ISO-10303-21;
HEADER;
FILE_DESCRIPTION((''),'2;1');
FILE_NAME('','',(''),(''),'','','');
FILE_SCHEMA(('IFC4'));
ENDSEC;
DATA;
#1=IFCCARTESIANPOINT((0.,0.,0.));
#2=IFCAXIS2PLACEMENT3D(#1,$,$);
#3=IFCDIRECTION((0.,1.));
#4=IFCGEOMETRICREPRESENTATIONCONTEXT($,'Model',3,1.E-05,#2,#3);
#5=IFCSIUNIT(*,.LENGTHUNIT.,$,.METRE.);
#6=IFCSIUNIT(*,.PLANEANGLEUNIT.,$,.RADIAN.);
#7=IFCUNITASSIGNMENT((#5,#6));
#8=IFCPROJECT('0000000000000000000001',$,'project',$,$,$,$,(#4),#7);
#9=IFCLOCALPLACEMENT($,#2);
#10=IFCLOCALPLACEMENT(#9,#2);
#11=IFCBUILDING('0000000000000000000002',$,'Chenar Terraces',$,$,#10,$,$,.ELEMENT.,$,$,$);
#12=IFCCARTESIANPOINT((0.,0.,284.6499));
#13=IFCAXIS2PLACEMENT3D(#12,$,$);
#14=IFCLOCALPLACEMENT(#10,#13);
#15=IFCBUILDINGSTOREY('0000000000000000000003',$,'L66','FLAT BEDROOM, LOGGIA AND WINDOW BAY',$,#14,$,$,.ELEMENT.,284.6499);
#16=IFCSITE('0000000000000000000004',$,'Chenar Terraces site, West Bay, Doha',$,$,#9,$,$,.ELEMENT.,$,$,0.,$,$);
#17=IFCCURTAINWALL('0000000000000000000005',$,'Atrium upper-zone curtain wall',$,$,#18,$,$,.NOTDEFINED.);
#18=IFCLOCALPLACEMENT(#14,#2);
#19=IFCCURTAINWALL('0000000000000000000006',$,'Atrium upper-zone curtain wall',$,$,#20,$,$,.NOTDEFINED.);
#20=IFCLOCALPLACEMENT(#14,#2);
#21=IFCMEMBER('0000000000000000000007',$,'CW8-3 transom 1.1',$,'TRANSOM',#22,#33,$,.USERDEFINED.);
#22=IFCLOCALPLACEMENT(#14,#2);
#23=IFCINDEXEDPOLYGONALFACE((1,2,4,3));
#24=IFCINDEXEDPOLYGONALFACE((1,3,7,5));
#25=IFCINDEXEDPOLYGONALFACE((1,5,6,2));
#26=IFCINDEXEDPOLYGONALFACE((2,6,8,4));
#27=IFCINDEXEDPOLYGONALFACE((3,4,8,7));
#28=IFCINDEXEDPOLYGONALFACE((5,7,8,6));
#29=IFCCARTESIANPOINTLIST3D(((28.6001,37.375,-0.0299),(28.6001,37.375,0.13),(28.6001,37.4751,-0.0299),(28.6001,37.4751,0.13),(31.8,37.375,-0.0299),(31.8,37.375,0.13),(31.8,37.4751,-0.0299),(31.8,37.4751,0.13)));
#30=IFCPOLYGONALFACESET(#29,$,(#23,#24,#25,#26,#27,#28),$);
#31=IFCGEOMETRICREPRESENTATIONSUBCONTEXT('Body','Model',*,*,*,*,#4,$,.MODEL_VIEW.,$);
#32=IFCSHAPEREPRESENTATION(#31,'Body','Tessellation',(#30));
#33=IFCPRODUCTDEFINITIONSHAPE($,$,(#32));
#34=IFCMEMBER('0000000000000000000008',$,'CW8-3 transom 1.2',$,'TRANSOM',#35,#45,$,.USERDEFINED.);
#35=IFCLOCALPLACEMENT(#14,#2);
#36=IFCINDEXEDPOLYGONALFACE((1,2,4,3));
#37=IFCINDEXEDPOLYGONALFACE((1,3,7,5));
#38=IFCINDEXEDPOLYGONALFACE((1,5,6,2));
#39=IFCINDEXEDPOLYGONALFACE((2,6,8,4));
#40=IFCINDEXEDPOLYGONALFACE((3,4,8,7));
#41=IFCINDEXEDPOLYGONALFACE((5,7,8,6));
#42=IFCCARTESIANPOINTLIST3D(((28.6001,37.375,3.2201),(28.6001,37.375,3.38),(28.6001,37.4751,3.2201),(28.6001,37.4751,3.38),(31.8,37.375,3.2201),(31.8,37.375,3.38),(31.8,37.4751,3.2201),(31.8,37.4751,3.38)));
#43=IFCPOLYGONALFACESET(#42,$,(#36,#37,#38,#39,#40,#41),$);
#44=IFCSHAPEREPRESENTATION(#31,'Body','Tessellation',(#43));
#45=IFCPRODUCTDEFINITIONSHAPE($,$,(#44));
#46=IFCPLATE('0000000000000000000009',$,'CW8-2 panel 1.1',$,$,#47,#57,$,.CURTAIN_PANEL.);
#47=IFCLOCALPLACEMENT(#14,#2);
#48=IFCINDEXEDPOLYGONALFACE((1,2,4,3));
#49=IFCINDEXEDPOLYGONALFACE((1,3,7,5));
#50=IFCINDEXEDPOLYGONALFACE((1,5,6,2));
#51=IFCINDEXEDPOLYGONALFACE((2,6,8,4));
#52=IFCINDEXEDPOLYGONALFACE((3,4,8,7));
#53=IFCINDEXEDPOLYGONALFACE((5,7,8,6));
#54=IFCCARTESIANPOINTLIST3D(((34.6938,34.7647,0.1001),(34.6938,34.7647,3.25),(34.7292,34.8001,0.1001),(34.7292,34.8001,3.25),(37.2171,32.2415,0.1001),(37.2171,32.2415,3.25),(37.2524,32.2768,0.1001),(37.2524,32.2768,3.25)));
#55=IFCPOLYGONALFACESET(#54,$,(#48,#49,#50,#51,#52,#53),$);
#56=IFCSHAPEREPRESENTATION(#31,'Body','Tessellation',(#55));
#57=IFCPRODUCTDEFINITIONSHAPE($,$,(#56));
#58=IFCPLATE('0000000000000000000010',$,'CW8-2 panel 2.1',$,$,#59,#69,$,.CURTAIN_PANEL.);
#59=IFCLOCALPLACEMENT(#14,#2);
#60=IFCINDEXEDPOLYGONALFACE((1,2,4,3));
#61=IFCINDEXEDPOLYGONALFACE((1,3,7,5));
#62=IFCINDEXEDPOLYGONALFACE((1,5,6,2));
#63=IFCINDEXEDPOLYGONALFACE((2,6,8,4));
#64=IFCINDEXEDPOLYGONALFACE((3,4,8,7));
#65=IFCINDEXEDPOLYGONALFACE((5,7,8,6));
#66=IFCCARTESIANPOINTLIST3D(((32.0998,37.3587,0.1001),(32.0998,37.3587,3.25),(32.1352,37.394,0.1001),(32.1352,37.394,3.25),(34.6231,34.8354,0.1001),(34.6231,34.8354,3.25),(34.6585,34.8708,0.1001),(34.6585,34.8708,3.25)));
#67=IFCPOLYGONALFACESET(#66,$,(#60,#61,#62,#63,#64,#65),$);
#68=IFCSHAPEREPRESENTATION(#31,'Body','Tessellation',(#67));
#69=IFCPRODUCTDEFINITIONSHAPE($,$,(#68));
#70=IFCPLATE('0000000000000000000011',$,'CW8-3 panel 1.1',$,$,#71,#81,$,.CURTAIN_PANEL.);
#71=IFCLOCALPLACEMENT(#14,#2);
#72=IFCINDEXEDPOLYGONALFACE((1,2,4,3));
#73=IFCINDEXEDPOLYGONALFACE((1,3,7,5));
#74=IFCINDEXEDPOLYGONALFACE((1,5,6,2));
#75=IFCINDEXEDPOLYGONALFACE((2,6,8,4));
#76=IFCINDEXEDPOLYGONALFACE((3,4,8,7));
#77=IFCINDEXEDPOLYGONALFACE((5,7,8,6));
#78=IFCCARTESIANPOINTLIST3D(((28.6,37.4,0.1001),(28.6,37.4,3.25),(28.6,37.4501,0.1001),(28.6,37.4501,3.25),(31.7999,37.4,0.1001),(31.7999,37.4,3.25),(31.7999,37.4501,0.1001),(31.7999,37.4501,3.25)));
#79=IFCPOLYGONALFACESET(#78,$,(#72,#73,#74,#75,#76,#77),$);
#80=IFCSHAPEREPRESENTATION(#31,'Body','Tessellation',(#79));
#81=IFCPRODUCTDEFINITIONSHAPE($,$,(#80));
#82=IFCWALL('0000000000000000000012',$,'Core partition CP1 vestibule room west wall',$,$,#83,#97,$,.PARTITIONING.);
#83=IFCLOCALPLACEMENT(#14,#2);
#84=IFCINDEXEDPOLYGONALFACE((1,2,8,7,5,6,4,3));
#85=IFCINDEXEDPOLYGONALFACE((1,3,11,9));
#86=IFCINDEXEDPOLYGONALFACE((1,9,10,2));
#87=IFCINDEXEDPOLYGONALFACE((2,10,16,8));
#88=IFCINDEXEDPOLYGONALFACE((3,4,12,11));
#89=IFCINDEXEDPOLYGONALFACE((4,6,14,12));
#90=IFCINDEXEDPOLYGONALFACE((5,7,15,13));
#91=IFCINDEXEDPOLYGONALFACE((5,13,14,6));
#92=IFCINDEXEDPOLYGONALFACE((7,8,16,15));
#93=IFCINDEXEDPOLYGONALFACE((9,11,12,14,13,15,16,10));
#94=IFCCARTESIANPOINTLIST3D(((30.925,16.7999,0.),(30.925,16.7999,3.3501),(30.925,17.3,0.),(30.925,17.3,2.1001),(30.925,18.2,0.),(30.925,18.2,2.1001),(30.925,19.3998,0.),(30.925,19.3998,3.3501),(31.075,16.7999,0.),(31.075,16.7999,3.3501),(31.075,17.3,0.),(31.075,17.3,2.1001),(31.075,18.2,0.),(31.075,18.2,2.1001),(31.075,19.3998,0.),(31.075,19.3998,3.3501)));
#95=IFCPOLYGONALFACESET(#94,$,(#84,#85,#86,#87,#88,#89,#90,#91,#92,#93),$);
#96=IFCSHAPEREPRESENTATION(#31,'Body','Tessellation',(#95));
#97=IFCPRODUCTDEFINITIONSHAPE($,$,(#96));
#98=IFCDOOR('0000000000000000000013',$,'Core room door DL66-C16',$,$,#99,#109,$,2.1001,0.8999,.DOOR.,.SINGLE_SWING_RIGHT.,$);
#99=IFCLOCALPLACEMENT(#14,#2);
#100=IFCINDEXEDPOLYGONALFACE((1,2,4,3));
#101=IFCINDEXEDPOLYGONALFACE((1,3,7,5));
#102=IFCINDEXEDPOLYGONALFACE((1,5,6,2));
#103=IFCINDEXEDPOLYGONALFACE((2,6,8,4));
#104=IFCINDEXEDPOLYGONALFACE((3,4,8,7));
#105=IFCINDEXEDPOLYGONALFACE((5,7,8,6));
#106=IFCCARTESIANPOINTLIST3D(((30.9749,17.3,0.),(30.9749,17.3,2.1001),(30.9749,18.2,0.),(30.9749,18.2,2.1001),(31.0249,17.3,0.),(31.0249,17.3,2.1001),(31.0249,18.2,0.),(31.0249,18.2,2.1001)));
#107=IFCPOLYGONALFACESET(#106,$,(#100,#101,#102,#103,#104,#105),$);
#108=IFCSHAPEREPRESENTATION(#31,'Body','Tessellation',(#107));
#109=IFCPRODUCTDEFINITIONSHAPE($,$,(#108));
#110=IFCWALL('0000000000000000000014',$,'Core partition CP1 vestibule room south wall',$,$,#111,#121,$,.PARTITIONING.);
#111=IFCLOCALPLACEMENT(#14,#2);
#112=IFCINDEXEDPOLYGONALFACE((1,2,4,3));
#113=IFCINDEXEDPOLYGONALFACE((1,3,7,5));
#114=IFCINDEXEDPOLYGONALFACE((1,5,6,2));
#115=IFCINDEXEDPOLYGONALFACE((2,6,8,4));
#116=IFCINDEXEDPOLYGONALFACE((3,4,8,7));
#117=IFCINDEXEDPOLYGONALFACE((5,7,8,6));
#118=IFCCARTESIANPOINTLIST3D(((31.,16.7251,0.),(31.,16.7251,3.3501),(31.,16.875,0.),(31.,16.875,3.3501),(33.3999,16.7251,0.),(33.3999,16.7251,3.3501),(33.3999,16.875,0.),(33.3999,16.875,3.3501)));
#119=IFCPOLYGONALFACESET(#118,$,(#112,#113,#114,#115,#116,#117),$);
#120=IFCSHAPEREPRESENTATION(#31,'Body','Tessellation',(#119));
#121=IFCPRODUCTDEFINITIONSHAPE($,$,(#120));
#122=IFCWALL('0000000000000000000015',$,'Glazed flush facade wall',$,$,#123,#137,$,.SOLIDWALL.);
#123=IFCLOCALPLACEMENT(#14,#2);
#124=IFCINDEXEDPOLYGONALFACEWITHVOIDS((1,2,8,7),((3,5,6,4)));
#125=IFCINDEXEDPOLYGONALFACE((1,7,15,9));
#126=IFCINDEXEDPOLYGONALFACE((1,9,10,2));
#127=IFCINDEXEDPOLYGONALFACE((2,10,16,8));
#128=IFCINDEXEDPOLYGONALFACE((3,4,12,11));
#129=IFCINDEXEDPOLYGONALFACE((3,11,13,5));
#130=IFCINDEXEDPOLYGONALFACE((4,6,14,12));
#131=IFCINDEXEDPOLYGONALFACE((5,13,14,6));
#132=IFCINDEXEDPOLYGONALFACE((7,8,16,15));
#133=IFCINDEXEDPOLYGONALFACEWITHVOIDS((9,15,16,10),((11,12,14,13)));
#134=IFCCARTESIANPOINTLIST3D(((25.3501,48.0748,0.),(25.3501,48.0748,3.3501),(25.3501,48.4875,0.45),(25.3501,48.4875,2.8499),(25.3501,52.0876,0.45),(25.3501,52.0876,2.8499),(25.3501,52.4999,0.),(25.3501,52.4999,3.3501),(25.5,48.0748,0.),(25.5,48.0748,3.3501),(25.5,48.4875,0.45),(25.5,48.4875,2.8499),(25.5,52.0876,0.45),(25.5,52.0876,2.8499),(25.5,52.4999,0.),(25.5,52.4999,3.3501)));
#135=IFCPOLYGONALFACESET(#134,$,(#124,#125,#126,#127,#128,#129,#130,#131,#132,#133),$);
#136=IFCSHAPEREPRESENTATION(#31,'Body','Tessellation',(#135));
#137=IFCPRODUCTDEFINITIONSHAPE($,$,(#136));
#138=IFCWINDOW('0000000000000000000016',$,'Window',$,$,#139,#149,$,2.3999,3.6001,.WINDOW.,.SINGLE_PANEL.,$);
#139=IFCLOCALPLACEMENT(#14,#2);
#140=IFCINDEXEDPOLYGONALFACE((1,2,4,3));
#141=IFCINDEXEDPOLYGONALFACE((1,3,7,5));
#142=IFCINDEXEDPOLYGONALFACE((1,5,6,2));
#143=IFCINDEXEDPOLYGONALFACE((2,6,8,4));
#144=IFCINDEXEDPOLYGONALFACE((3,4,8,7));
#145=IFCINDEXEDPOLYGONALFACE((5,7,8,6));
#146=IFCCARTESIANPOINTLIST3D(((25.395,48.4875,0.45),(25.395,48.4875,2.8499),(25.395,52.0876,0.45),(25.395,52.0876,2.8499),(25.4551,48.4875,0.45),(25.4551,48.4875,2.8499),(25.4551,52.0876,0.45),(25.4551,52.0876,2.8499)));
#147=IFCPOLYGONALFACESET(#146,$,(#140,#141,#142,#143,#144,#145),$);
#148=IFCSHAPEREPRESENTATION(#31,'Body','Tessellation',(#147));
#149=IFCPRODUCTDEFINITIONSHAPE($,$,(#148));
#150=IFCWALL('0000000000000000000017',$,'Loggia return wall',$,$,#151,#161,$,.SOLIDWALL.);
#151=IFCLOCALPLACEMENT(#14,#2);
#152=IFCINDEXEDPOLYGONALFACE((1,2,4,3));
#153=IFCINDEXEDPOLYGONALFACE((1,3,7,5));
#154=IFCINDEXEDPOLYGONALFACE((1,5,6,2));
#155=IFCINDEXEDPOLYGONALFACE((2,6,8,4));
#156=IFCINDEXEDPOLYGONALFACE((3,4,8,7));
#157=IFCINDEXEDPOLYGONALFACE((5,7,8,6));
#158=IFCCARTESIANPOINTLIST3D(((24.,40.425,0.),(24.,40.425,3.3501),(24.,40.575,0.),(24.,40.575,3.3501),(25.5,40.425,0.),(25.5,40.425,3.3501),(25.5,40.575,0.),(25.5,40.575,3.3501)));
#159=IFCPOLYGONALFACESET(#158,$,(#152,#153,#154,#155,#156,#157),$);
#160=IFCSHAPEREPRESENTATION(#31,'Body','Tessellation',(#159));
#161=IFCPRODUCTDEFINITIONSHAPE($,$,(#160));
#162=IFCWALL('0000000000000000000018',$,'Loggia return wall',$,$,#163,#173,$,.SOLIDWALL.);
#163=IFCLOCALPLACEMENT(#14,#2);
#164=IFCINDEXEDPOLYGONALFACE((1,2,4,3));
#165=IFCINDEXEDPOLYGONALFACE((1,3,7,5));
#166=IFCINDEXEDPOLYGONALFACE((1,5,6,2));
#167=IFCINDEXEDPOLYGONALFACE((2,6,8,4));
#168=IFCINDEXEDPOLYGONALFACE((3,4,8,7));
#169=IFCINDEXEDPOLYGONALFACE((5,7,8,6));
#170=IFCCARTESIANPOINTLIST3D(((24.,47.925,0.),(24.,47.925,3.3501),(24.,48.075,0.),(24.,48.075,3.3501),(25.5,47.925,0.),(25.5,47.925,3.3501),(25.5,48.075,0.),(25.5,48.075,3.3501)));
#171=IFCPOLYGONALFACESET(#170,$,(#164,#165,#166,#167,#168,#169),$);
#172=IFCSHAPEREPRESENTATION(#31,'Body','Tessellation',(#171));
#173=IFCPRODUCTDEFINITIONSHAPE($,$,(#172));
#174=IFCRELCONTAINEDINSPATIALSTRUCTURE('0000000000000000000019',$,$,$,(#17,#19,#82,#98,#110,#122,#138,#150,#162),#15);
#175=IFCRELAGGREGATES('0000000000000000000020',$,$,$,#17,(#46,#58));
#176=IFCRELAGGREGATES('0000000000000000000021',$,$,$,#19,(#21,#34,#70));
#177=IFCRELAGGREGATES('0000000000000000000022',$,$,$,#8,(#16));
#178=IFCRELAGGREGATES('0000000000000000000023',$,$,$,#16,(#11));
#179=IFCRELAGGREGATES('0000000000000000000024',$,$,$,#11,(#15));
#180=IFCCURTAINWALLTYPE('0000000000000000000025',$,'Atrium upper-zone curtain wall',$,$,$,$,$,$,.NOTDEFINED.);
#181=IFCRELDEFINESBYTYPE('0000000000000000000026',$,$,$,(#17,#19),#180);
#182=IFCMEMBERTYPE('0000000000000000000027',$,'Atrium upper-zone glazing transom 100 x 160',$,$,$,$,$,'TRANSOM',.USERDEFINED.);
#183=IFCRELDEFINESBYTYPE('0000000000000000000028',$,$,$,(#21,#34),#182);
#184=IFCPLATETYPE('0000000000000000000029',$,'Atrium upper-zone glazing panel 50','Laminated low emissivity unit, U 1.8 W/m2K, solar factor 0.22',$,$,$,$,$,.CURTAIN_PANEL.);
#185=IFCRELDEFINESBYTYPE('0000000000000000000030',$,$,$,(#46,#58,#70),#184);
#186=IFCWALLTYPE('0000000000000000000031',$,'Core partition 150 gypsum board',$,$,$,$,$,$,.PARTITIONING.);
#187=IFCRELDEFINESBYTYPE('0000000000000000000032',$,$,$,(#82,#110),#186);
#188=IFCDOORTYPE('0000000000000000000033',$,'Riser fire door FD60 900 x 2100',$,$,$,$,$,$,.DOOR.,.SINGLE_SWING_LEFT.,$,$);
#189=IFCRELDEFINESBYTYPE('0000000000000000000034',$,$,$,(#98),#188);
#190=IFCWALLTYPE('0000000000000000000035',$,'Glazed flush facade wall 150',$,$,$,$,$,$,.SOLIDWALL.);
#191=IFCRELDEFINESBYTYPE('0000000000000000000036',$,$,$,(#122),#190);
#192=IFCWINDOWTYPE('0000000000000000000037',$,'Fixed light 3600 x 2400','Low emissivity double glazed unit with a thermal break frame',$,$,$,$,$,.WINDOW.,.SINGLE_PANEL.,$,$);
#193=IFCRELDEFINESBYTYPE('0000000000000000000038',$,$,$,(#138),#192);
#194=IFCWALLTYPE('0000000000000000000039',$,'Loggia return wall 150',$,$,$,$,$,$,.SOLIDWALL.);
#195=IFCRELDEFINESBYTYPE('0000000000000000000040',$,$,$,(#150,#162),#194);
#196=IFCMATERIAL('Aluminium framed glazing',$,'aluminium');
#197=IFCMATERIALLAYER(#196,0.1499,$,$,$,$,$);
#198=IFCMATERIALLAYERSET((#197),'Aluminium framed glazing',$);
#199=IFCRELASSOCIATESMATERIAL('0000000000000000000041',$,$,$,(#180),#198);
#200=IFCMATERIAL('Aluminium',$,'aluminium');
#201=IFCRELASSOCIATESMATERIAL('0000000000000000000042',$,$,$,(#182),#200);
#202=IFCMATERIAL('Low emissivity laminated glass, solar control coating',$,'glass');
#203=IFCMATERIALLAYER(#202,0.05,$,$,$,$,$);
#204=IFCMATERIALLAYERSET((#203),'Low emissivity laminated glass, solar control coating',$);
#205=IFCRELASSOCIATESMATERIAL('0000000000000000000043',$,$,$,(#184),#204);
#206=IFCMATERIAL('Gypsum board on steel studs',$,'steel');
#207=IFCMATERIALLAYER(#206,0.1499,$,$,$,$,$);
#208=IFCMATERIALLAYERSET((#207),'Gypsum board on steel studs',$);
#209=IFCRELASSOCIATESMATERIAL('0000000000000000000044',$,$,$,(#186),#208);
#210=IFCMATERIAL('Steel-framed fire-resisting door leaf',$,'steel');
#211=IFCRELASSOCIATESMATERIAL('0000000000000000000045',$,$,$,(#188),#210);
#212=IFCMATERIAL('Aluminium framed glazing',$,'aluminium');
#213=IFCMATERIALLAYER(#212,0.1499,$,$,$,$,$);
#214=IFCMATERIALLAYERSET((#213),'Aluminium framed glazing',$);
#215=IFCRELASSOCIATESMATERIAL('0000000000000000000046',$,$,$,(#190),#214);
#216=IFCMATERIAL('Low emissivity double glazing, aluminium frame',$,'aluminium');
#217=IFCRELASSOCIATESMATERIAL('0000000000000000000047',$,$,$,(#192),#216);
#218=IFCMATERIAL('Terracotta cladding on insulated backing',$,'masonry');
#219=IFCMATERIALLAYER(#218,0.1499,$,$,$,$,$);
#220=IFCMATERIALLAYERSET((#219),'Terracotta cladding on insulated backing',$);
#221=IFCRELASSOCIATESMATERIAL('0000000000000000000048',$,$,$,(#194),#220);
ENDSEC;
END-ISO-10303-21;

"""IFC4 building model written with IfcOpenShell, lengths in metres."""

from ifc_helpers import new_model, si_unit, direction, frame, frame_2d, origin, origin_2d, place, context, subcontext, project, spatial, rectangle, extrude, material, layer, layer_set, material_profile, profile_set, type_object, element, fill, aggregate, save


model = new_model("IFC4")

# Units and contexts
model_context = context("Model", 3, precision=1e-05, world=origin(), true_north=direction((0.0, 1.0)))
body_context = subcontext(model_context, "Body", "Model", "MODEL_VIEW")
ifc_project = project(units=[si_unit("LENGTHUNIT", "METRE"), si_unit("PLANEANGLEUNIT", "RADIAN")], contexts=[model_context])

# Site, building, storey
site_placement = place(None, origin())
site = spatial("IfcSite", under=ifc_project, at=site_placement, Name="Chenar Terraces site, West Bay, Doha", CompositionType="ELEMENT", RefElevation=0.0)
building_placement = place(site_placement, origin())
building = spatial("IfcBuilding", under=site, at=building_placement, Name="Chenar Terraces", CompositionType="ELEMENT")
storey_placement = place(building_placement, frame((0.0, 0.0, 284.6499)))
storey = spatial("IfcBuildingStorey", under=building, at=storey_placement, Name="L66", Description="FLAT BEDROOM, LOGGIA AND WINDOW BAY", CompositionType="ELEMENT", Elevation=284.6499)

# Shared definitions
ifc_material_1 = material(Name="Aluminium framed glazing", Category="aluminium")
ifc_layer_1 = layer(ifc_material_1, 0.1499)
ifc_layer_set_1 = layer_set([ifc_layer_1], Name="Aluminium framed glazing")
curtain_wall_type = type_object("IfcCurtainWallType", Name="Atrium upper-zone curtain wall", PredefinedType="NOTDEFINED", material=ifc_layer_set_1)
placement = place(storey_placement, origin())

# Curtain walls
curtain_wall_1 = element("IfcCurtainWall", 1, at=placement, inside=storey, type_object=curtain_wall_type, Name="Atrium upper-zone curtain wall", PredefinedType="NOTDEFINED")
curtain_wall_2 = element("IfcCurtainWall", 2, at=placement, inside=storey, type_object=curtain_wall_type, Name="Atrium upper-zone curtain wall", PredefinedType="NOTDEFINED")

# Members
ifc_material_2 = material(Name="Aluminium", Category="aluminium")
ifc_material_profile_1 = material_profile(ifc_material_2, rectangle(XDim=0.1001, YDim=0.1599, at=origin_2d()), Name="Atrium upper-zone glazing transom 100 x 160")
ifc_profile_set_1 = profile_set([ifc_material_profile_1], Name="Aluminium")
member_type_1 = type_object("IfcMemberType", Name="Atrium upper-zone glazing transom 100 x 160", ElementType="TRANSOM", PredefinedType="USERDEFINED", material=ifc_profile_set_1)
member_1_placement = place(storey_placement, frame((31.8, 37.425, 0.05), z_axis=(-1.0, 0.0, 0.0), x_axis=(0.0, -1.0, 0.0)))
member_1 = element("IfcMember", 3, at=member_1_placement, type_object=member_type_1, Name="CW8-3 transom 1.1", ObjectType="TRANSOM", PredefinedType="USERDEFINED", context=body_context, shape_type="SweptSolid", body=[
    extrude(rectangle(XDim=0.1001, YDim=0.1599, at=origin_2d()), origin(), (0.0, 0.0, 1.0), 3.2),
])
member_2_placement = place(storey_placement, frame((31.8, 37.425, 3.3), z_axis=(-1.0, 0.0, 0.0), x_axis=(0.0, -1.0, 0.0)))
member_2 = element("IfcMember", 4, at=member_2_placement, type_object=member_type_1, Name="CW8-3 transom 1.2", ObjectType="TRANSOM", PredefinedType="USERDEFINED", context=body_context, shape_type="SweptSolid", body=[
    extrude(rectangle(XDim=0.1001, YDim=0.1599, at=origin_2d()), origin(), (0.0, 0.0, 1.0), 3.2),
])

# Plates
ifc_material_3 = material(Name="Low emissivity laminated glass, solar control coating", Category="glass")
ifc_layer_2 = layer(ifc_material_3, 0.05)
ifc_layer_set_2 = layer_set([ifc_layer_2], Name="Low emissivity laminated glass, solar control coating")
plate_type = type_object("IfcPlateType", Name="Atrium upper-zone glazing panel 50", Description="Laminated low emissivity unit, U 1.8 W/m2K, solar factor 0.22", PredefinedType="CURTAIN_PANEL", material=ifc_layer_set_2)
plate_1_placement = place(storey_placement, frame((35.9731, 33.5208, 0.1001), z_axis=(0.0, 0.0, 1.0), x_axis=(-0.707107, 0.707107, 0.0)))
plate_1 = element("IfcPlate", 5, at=plate_1_placement, type_object=plate_type, Name="CW8-2 panel 1.1", PredefinedType="CURTAIN_PANEL", context=body_context, shape_type="SweptSolid", body=[
    extrude(rectangle(XDim=3.5684, YDim=0.05, at=origin_2d()), origin(), (0.0, 0.0, 1.0), 3.1499),
])
plate_2_placement = place(storey_placement, frame((33.3792, 36.1147, 0.1001), z_axis=(0.0, 0.0, 1.0), x_axis=(-0.707107, 0.707107, 0.0)))
plate_2 = element("IfcPlate", 6, at=plate_2_placement, type_object=plate_type, Name="CW8-2 panel 2.1", PredefinedType="CURTAIN_PANEL", context=body_context, shape_type="SweptSolid", body=[
    extrude(rectangle(XDim=3.5684, YDim=0.05, at=origin_2d()), origin(), (0.0, 0.0, 1.0), 3.1499),
])
aggregate(curtain_wall_1, [plate_1, plate_2])
plate_3_placement = place(storey_placement, frame((30.2, 37.425, 0.1001), z_axis=(0.0, 0.0, 1.0), x_axis=(-1.0, 0.0, 0.0)))
plate_3 = element("IfcPlate", 7, at=plate_3_placement, type_object=plate_type, Name="CW8-3 panel 1.1", PredefinedType="CURTAIN_PANEL", context=body_context, shape_type="SweptSolid", body=[
    extrude(rectangle(XDim=3.2, YDim=0.05, at=origin_2d()), origin(), (0.0, 0.0, 1.0), 3.1499),
])
aggregate(curtain_wall_2, [member_1, member_2, plate_3])

# Wall, opening, door
ifc_material_4 = material(Name="Gypsum board on steel studs", Category="steel")
ifc_layer_3 = layer(ifc_material_4, 0.1499)
ifc_layer_set_3 = layer_set([ifc_layer_3], Name="Gypsum board on steel studs")
wall_type_1 = type_object("IfcWallType", Name="Core partition 150 gypsum board", PredefinedType="PARTITIONING", material=ifc_layer_set_3)
wall_1_placement = place(storey_placement, frame((31.0, 16.8, 0.0), z_axis=(0.0, 0.0, 1.0), x_axis=(0.0, 1.0, 0.0)))
wall_1 = element("IfcWall", 8, at=wall_1_placement, inside=storey, type_object=wall_type_1, Name="Core partition CP1 vestibule room west wall", PredefinedType="PARTITIONING", context=body_context, shape_type="SweptSolid", body=[
    extrude(rectangle(XDim=2.5999, YDim=0.1499, at=frame_2d((1.2998, 0.0))), origin(), (0.0, 0.0, 1.0), 3.3501),
])
opening_1_placement = place(wall_1_placement, frame((0.5, 0.0, 0.0)))
opening_1 = element("IfcOpeningElement", 9, at=opening_1_placement, cuts=wall_1, PredefinedType="OPENING", context=body_context, shape_type="SweptSolid", body=[
    extrude(rectangle(XDim=0.8999, YDim=2.1001, at=frame_2d((0.45, 1.05))), frame((0.0, 0.085, 0.0), z_axis=(0.0, -1.0, 0.0), x_axis=(1.0, 0.0, 0.0)), (0.0, 0.0, 1.0), 0.1699),
])
ifc_material_5 = material(Name="Steel-framed fire-resisting door leaf", Category="steel")
door_type = type_object("IfcDoorType", Name="Riser fire door FD60 900 x 2100", OperationType="SINGLE_SWING_LEFT", PredefinedType="DOOR", material=ifc_material_5)
door_placement = place(opening_1_placement, frame((0.8999, 0.0, 0.0), z_axis=(0.0, 0.0, 1.0), x_axis=(-1.0, 0.0, 0.0)))
door = element("IfcDoor", 10, at=door_placement, inside=storey, type_object=door_type, Name="Core room door DL66-C16", OperationType="SINGLE_SWING_RIGHT", OverallHeight=2.1001, OverallWidth=0.8999, PredefinedType="DOOR", context=body_context, shape_type="SweptSolid", body=[
    extrude(rectangle(XDim=0.8999, YDim=2.1001, at=frame_2d((0.45, 1.05))), frame((0.0, 0.0249, 0.0), z_axis=(0.0, -1.0, 0.0), x_axis=(1.0, 0.0, 0.0)), (0.0, 0.0, 1.0), 0.05),
])
fill(opening_1, door)

# Wall
wall_2_placement = place(storey_placement, frame((31.0, 16.8, 0.0), z_axis=(0.0, 0.0, 1.0), x_axis=(1.0, 0.0, 0.0)))
element("IfcWall", 11, at=wall_2_placement, inside=storey, type_object=wall_type_1, Name="Core partition CP1 vestibule room south wall", PredefinedType="PARTITIONING", context=body_context, shape_type="SweptSolid", body=[
    extrude(rectangle(XDim=2.3999, YDim=0.1499, at=frame_2d((1.2, 0.0))), origin(), (0.0, 0.0, 1.0), 3.3501),
])

# Wall, opening, window
ifc_material_6 = material(Name="Aluminium framed glazing", Category="aluminium")
ifc_layer_4 = layer(ifc_material_6, 0.1499)
ifc_layer_set_4 = layer_set([ifc_layer_4], Name="Aluminium framed glazing")
wall_type_2 = type_object("IfcWallType", Name="Glazed flush facade wall 150", PredefinedType="SOLIDWALL", material=ifc_layer_set_4)
wall_3_placement = place(storey_placement, frame((25.425, 48.075, 0.0), z_axis=(0.0, 0.0, 1.0), x_axis=(0.0, 1.0, 0.0)))
wall_3 = element("IfcWall", 12, at=wall_3_placement, inside=storey, type_object=wall_type_2, Name="Glazed flush facade wall", PredefinedType="SOLIDWALL", context=body_context, shape_type="SweptSolid", body=[
    extrude(rectangle(XDim=4.425, YDim=0.1499, at=frame_2d((2.2124, 0.0))), origin(), (0.0, 0.0, 1.0), 3.3501),
])
opening_2_placement = place(wall_3_placement, frame((0.4126, 0.0, 0.45)))
opening_2 = element("IfcOpeningElement", 13, at=opening_2_placement, cuts=wall_3, PredefinedType="OPENING", context=body_context, shape_type="SweptSolid", body=[
    extrude(rectangle(XDim=3.6001, YDim=2.3999, at=frame_2d((1.8, 1.2))), frame((0.0, 0.085, 0.0), z_axis=(0.0, -1.0, 0.0), x_axis=(1.0, 0.0, 0.0)), (0.0, 0.0, 1.0), 0.1699),
])
ifc_material_7 = material(Name="Low emissivity double glazing, aluminium frame", Category="aluminium")
window_type_1 = type_object("IfcWindowType", Name="Fixed light 3600 x 2400", Description="Low emissivity double glazed unit with a thermal break frame", PartitioningType="SINGLE_PANEL", PredefinedType="WINDOW", material=ifc_material_7)
window_1_placement = place(opening_2_placement, origin())
window_1 = element("IfcWindow", 14, at=window_1_placement, inside=storey, type_object=window_type_1, Name="Window", OverallHeight=2.3999, OverallWidth=3.6001, PartitioningType="SINGLE_PANEL", PredefinedType="WINDOW", context=body_context, shape_type="SweptSolid", body=[
    extrude(rectangle(XDim=3.6001, YDim=2.3999, at=frame_2d((1.8, 1.2))), frame((0.0, 0.03, 0.0), z_axis=(0.0, -1.0, 0.0), x_axis=(1.0, 0.0, 0.0)), (0.0, 0.0, 1.0), 0.0601),
])
fill(opening_2, window_1)

# Walls
ifc_material_8 = material(Name="Terracotta cladding on insulated backing", Category="masonry")
ifc_layer_5 = layer(ifc_material_8, 0.1499)
ifc_layer_set_5 = layer_set([ifc_layer_5], Name="Terracotta cladding on insulated backing")
wall_type_3 = type_object("IfcWallType", Name="Loggia return wall 150", PredefinedType="SOLIDWALL", material=ifc_layer_set_5)
for number, where, z_axis, x_axis, name in (
    (15, (25.5, 40.5, 0.0), (0.0, 0.0, 1.0), (-1.0, 0.0, 0.0), "Loggia return wall"),
    (16, (25.5, 48.0, 0.0), (0.0, 0.0, 1.0), (-1.0, 0.0, 0.0), "Loggia return wall"),
):
    element("IfcWall", number, at=place(storey_placement, frame(where, z_axis=z_axis, x_axis=x_axis)), inside=storey, type_object=wall_type_3, Name=name, PredefinedType="SOLIDWALL", context=body_context, shape_type="SweptSolid", body=[
        extrude(rectangle(XDim=1.5, YDim=0.1499, at=frame_2d((0.75, 0.0))), origin(), (0.0, 0.0, 1.0), 3.3501),
    ])

save(model, "model.ifc")
